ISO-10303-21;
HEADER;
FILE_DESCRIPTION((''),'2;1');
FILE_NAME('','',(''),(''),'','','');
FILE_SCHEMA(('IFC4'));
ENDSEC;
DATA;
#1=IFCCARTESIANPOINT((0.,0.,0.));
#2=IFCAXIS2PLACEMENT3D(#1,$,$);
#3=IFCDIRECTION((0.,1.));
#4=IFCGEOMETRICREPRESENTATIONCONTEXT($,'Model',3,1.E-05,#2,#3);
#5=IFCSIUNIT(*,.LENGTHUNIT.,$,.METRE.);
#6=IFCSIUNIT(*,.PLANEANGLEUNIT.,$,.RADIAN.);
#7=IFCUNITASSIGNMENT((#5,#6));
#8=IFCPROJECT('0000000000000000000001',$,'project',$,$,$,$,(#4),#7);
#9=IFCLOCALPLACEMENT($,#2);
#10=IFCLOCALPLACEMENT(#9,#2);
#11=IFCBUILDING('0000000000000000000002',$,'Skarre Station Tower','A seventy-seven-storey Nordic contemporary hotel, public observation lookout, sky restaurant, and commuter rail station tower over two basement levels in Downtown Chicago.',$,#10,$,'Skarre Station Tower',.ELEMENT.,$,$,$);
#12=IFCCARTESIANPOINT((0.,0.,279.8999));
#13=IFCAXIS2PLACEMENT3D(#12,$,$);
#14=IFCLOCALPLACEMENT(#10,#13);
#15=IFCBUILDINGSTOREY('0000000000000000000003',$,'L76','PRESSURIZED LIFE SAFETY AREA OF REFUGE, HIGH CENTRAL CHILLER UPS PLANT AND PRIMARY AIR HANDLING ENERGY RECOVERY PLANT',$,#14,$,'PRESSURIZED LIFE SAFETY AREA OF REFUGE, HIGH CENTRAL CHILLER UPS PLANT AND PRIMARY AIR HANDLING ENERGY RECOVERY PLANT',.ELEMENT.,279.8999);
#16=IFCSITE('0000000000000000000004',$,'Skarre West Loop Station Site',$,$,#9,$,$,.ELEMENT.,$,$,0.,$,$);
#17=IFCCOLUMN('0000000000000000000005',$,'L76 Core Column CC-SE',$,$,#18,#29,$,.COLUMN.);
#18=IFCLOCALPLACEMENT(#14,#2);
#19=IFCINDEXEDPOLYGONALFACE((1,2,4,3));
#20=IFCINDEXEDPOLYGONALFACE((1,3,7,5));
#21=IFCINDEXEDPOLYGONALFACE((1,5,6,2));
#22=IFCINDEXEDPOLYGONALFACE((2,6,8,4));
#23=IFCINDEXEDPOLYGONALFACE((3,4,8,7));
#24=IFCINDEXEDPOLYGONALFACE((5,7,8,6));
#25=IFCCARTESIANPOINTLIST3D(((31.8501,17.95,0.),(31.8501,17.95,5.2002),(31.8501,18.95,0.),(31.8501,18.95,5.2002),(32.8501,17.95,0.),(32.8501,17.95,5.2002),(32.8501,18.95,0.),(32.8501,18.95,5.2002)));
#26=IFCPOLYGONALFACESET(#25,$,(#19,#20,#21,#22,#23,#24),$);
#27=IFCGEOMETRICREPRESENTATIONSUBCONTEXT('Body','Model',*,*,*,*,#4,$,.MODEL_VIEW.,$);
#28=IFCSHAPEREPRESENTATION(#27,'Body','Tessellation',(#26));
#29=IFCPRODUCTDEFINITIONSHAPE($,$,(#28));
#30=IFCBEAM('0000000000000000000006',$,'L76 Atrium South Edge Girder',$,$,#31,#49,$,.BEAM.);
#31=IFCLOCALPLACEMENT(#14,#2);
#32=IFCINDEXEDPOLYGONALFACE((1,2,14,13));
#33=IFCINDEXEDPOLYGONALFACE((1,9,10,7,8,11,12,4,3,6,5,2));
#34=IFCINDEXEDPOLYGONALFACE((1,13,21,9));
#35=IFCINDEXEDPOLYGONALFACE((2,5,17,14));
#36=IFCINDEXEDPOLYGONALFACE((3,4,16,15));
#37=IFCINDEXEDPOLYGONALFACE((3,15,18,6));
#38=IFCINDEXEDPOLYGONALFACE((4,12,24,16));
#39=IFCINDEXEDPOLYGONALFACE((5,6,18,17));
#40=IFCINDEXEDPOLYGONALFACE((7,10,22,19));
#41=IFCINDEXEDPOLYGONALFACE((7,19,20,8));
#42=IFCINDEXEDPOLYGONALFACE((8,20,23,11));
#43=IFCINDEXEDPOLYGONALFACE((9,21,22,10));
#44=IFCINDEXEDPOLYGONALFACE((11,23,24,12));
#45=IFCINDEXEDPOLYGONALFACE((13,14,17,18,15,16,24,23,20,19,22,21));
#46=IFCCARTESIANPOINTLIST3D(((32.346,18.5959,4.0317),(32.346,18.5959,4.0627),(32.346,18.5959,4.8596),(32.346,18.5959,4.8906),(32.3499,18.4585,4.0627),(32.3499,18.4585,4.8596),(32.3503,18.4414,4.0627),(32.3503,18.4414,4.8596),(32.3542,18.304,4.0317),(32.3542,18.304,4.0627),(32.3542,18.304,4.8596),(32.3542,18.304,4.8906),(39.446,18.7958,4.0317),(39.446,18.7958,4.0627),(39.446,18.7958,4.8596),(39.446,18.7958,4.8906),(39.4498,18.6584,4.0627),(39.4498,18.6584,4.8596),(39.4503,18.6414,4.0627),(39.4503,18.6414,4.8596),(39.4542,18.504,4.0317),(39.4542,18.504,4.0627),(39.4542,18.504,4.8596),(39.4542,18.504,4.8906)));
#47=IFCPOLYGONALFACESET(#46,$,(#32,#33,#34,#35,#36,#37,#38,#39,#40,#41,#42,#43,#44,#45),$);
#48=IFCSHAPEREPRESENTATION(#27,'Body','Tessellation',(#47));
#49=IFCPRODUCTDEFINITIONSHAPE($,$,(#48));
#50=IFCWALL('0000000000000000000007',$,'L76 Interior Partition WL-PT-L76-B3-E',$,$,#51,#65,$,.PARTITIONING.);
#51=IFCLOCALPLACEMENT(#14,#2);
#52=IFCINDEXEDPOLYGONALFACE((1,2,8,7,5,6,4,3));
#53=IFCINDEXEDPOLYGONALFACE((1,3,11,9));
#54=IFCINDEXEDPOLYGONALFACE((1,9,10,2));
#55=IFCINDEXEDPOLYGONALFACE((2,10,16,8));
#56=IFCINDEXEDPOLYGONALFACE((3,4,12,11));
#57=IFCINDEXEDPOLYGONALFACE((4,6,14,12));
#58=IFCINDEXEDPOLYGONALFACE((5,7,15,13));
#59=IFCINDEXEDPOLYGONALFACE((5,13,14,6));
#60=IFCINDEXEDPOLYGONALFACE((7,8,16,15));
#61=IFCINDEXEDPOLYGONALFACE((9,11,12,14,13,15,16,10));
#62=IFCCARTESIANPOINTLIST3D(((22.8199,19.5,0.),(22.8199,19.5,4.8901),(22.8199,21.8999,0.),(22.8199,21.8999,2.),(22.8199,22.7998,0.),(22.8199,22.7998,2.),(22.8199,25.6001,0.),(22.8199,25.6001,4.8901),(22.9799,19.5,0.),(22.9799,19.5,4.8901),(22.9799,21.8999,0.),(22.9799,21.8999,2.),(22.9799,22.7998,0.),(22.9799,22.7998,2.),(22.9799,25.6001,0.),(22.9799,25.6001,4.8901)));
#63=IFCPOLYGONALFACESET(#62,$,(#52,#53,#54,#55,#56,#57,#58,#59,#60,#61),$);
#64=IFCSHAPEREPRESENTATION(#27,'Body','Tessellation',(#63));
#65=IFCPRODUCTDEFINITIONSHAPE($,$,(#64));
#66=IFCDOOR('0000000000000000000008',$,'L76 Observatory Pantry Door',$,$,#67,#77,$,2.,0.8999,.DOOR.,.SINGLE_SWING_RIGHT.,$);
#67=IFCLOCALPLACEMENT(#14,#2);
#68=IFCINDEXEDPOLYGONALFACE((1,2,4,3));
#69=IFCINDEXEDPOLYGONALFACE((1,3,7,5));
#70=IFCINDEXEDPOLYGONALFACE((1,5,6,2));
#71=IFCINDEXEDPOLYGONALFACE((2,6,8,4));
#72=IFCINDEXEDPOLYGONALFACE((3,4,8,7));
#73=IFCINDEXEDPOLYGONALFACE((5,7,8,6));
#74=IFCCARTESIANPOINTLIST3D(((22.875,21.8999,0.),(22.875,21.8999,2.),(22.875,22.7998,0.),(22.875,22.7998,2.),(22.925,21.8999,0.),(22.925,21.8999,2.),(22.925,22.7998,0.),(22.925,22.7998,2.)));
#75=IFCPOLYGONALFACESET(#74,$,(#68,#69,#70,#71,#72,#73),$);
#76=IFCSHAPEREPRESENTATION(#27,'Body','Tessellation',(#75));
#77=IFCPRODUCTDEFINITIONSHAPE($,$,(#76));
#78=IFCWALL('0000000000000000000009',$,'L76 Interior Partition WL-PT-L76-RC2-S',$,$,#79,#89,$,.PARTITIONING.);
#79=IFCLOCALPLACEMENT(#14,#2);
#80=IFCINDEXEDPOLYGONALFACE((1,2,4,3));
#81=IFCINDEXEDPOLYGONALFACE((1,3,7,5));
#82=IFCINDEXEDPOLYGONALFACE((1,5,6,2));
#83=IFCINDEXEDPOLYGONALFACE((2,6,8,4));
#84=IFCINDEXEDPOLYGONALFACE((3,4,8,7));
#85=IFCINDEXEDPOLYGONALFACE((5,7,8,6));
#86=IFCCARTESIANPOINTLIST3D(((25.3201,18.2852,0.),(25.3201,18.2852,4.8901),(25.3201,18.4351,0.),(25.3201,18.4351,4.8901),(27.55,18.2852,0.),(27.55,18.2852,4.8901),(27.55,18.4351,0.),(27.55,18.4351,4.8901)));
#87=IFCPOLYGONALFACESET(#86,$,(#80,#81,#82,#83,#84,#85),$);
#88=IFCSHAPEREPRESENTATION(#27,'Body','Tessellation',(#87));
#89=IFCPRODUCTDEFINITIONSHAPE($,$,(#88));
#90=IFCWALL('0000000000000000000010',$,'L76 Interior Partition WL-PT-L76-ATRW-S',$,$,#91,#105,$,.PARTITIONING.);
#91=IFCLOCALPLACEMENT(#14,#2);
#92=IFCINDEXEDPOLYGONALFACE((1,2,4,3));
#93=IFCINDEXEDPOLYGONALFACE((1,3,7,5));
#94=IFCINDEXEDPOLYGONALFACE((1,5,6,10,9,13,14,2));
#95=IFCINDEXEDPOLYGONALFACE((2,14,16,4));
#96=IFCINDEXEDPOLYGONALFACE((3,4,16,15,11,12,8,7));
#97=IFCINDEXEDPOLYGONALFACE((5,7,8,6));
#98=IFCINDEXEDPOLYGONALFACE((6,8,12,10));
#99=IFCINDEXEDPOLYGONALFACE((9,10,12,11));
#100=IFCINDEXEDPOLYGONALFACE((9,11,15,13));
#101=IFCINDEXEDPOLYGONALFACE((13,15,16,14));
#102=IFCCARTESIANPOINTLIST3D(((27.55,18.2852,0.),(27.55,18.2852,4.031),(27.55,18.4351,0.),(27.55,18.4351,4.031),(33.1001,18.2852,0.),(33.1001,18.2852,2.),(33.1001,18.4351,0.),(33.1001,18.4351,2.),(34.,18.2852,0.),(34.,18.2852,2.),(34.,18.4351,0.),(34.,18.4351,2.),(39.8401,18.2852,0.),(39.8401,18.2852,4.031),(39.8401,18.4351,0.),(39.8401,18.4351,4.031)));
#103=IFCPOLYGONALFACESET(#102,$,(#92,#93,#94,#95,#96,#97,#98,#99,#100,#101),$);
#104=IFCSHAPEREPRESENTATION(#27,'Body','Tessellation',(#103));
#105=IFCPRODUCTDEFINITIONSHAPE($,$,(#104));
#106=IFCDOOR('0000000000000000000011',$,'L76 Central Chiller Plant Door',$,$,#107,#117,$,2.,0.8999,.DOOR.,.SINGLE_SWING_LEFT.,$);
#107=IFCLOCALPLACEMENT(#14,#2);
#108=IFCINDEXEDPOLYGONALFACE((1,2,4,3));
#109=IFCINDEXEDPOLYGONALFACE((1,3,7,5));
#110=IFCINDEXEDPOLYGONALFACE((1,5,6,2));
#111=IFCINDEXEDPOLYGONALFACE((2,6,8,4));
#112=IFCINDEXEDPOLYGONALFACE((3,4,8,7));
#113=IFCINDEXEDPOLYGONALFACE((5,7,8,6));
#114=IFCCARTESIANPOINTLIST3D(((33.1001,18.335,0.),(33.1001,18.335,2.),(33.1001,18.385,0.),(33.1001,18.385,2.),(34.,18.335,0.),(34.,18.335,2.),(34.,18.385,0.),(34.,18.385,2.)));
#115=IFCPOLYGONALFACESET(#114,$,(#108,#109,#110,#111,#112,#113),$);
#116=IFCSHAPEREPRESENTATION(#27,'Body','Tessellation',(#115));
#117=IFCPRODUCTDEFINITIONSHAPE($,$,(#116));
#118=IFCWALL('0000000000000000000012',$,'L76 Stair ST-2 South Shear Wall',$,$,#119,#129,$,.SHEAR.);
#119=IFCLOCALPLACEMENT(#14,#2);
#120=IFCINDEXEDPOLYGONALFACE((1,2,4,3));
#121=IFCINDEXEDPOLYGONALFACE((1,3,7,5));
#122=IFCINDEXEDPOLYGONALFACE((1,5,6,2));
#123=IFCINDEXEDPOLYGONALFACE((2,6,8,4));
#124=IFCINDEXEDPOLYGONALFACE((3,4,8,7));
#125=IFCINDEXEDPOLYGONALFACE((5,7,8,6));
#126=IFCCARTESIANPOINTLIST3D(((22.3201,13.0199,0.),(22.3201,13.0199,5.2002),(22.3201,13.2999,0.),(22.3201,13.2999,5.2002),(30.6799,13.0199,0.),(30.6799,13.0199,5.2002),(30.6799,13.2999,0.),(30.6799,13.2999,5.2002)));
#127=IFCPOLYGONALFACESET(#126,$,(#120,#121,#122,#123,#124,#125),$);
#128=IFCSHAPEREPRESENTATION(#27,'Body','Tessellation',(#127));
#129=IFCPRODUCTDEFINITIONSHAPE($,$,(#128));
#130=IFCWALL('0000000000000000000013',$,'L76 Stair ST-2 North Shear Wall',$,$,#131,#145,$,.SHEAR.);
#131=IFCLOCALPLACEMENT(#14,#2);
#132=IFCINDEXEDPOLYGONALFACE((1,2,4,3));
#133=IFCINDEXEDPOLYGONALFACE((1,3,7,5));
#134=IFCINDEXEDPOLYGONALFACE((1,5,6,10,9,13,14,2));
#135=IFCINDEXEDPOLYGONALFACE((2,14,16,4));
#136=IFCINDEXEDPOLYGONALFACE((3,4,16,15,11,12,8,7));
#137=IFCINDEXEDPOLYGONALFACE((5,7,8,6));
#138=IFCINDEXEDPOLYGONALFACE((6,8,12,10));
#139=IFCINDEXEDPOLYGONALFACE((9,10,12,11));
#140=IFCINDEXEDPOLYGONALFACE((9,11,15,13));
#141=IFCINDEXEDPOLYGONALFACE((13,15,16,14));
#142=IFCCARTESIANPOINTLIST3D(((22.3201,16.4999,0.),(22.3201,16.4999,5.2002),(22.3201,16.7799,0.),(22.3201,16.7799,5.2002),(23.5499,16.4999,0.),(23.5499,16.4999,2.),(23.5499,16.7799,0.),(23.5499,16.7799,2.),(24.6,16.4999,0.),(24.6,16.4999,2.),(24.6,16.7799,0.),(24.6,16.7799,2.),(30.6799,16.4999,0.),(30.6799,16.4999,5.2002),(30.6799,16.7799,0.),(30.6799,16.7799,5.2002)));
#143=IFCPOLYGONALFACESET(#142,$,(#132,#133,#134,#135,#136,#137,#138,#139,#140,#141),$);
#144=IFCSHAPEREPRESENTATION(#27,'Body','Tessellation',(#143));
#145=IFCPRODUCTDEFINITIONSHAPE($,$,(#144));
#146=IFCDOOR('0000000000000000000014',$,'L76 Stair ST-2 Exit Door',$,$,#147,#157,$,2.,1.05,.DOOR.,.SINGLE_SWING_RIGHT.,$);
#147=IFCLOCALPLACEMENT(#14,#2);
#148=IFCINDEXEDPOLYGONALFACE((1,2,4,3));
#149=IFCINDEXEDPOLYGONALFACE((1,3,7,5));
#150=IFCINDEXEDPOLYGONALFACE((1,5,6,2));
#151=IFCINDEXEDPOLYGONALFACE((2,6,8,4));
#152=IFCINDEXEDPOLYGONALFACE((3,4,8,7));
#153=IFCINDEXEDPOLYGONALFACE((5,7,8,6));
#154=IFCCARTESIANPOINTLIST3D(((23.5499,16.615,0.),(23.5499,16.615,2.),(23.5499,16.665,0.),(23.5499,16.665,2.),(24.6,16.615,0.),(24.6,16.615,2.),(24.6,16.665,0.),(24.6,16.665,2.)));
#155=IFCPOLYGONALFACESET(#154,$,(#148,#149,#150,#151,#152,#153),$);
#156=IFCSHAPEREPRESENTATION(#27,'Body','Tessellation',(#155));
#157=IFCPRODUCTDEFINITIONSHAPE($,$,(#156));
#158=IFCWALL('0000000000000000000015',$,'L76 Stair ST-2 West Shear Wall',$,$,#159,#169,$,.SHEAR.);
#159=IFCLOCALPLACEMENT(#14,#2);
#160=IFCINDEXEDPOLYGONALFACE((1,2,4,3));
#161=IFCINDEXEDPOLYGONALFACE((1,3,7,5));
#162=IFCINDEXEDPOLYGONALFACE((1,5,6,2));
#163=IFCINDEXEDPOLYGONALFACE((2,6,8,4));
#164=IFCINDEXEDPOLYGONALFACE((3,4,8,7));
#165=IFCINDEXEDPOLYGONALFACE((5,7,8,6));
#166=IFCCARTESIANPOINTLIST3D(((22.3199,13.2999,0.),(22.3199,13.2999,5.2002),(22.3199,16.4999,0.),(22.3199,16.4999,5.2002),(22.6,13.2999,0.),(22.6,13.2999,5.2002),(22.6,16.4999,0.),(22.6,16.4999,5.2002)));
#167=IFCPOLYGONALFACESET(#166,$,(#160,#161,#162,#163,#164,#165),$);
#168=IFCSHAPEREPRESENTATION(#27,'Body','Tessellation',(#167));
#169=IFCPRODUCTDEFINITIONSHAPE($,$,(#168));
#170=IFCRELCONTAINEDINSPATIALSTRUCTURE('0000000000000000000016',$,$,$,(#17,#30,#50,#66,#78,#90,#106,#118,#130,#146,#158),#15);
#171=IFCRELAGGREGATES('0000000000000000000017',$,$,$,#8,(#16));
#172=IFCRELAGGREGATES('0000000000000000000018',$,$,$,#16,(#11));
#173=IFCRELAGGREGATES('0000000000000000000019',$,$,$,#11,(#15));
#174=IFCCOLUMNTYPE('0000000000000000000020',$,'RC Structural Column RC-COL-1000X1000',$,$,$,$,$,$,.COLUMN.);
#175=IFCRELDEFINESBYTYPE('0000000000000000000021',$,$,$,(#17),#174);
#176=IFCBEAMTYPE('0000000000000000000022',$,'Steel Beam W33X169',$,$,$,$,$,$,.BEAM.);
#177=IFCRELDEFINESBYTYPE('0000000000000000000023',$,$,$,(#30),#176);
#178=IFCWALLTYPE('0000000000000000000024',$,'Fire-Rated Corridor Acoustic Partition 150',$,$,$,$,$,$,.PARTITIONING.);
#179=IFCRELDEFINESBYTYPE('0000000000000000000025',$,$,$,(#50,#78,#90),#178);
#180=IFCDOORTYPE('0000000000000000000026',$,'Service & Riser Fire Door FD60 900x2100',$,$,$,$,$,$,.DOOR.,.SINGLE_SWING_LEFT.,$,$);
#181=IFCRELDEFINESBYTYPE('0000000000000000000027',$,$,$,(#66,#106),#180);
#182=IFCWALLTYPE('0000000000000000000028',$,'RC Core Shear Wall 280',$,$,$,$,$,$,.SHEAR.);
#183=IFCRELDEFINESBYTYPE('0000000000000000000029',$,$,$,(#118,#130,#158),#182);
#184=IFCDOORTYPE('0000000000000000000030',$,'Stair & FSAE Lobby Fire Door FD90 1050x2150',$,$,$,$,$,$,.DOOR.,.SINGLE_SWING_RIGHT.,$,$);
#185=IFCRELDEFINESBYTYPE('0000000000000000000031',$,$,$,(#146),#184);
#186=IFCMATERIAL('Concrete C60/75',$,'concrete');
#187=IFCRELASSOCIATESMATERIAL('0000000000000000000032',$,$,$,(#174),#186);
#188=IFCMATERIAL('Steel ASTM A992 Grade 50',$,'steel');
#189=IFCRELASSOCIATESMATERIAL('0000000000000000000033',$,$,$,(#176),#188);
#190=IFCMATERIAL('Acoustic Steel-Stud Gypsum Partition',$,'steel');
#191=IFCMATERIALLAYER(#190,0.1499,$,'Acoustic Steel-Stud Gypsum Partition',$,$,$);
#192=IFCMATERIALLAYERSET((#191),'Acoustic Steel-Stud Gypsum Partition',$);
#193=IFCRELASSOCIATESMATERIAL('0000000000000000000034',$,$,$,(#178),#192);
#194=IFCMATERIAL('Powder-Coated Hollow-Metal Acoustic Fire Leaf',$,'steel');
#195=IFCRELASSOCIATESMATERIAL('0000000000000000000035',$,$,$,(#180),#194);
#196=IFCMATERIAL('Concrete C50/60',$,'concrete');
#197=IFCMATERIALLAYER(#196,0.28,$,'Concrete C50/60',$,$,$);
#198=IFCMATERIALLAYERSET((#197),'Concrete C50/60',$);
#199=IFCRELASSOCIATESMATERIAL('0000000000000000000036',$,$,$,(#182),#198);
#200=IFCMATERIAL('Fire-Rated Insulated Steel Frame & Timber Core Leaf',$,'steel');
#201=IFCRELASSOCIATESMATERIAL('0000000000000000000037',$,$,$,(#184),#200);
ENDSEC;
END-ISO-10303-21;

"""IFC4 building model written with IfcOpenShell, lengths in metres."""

from ifc_helpers import new_model, si_unit, direction, frame, frame_2d, origin, origin_2d, place, context, subcontext, project, spatial, rectangle, i_section, extrude, material, layer, layer_set, material_profile, profile_set, type_object, element, fill, save


model = new_model("IFC4")

# Units and contexts
model_context = context("Model", 3, precision=1e-05, world=origin(), true_north=direction((0.0, 1.0)))
body_context = subcontext(model_context, "Body", "Model", "MODEL_VIEW")
ifc_project = project(units=[si_unit("LENGTHUNIT", "METRE"), si_unit("PLANEANGLEUNIT", "RADIAN")], contexts=[model_context])

# Site, building, storey
site_placement = place(None, origin())
site = spatial("IfcSite", under=ifc_project, at=site_placement, Name="Skarre West Loop Station Site", CompositionType="ELEMENT", RefElevation=0.0)
building_placement = place(site_placement, origin())
building = spatial("IfcBuilding", under=site, at=building_placement, Name="Skarre Station Tower", Description="A seventy-seven-storey Nordic contemporary hotel, public observation lookout, sky restaurant, and commuter rail station tower over two basement levels in Downtown Chicago.", LongName="Skarre Station Tower", CompositionType="ELEMENT")
storey_placement = place(building_placement, frame((0.0, 0.0, 279.8999)))
storey = spatial("IfcBuildingStorey", under=building, at=storey_placement, Name="L76", Description="PRESSURIZED LIFE SAFETY AREA OF REFUGE, HIGH CENTRAL CHILLER UPS PLANT AND PRIMARY AIR HANDLING ENERGY RECOVERY PLANT", LongName="PRESSURIZED LIFE SAFETY AREA OF REFUGE, HIGH CENTRAL CHILLER UPS PLANT AND PRIMARY AIR HANDLING ENERGY RECOVERY PLANT", CompositionType="ELEMENT", Elevation=279.8999)

# Column
ifc_material_1 = material(Name="Concrete C60/75", Category="concrete")
ifc_material_profile_1 = material_profile(ifc_material_1, rectangle(XDim=1.0, YDim=1.0, at=origin_2d()), Name="Concrete C60/75")
ifc_profile_set_1 = profile_set([ifc_material_profile_1], Name="Concrete C60/75")
column_type = type_object("IfcColumnType", Name="RC Structural Column RC-COL-1000X1000", PredefinedType="COLUMN", material=ifc_profile_set_1)
column_placement = place(storey_placement, frame((32.3501, 18.45, 0.0), z_axis=(0.0, 0.0, 1.0), x_axis=(1.0, 0.0, 0.0)))
element("IfcColumn", 1, at=column_placement, inside=storey, type_object=column_type, Name="L76 Core Column CC-SE", PredefinedType="COLUMN", context=body_context, shape_type="SweptSolid", body=[
    extrude(rectangle(XDim=1.0, YDim=1.0, at=origin_2d()), origin(), (0.0, 0.0, 1.0), 5.2002),
])

# Beam
ifc_material_2 = material(Name="Steel ASTM A992 Grade 50", Category="steel")
ifc_material_profile_2 = material_profile(ifc_material_2, i_section(OverallWidth=0.292, OverallDepth=0.8589, WebThickness=0.0171, FlangeThickness=0.031, at=origin_2d()), Name="Steel ASTM A992 Grade 50")
ifc_profile_set_2 = profile_set([ifc_material_profile_2], Name="Steel ASTM A992 Grade 50")
beam_type = type_object("IfcBeamType", Name="Steel Beam W33X169", PredefinedType="BEAM", material=ifc_profile_set_2)
beam_placement = place(storey_placement, frame((32.3501, 18.45, 4.4612), z_axis=(0.999604, 0.028152, 0.0), x_axis=(-0.028152, 0.999604, 0.0)))
element("IfcBeam", 2, at=beam_placement, inside=storey, type_object=beam_type, Name="L76 Atrium South Edge Girder", PredefinedType="BEAM", context=body_context, shape_type="SweptSolid", body=[
    extrude(i_section(OverallWidth=0.292, OverallDepth=0.8589, WebThickness=0.0171, FlangeThickness=0.031, at=origin_2d()), origin(), (0.0, 0.0, 1.0), 7.1028),
])

# Wall, opening, door
ifc_material_3 = material(Name="Acoustic Steel-Stud Gypsum Partition", Category="steel")
ifc_layer_1 = layer(ifc_material_3, 0.1499, Name="Acoustic Steel-Stud Gypsum Partition")
ifc_layer_set_1 = layer_set([ifc_layer_1], Name="Acoustic Steel-Stud Gypsum Partition")
wall_type_1 = type_object("IfcWallType", Name="Fire-Rated Corridor Acoustic Partition 150", PredefinedType="PARTITIONING", material=ifc_layer_set_1)
wall_1_placement = place(storey_placement, frame((22.8999, 19.5, 0.0), z_axis=(0.0, 0.0, 1.0), x_axis=(0.0, 1.0, 0.0)))
wall_1 = element("IfcWall", 3, at=wall_1_placement, inside=storey, type_object=wall_type_1, Name="L76 Interior Partition WL-PT-L76-B3-E", PredefinedType="PARTITIONING", context=body_context, shape_type="SweptSolid", body=[
    extrude(rectangle(XDim=6.1001, YDim=0.1599, at=frame_2d((3.05, 0.0))), origin(), (0.0, 0.0, 1.0), 4.8901),
])
opening_1_placement = place(wall_1_placement, frame((2.3999, 0.0, 0.0)))
opening_1 = element("IfcOpeningElement", 4, at=opening_1_placement, cuts=wall_1, PredefinedType="OPENING", context=body_context, shape_type="SweptSolid", body=[
    extrude(rectangle(XDim=0.8999, YDim=2.0, at=frame_2d((0.45, 1.0))), frame((0.0, 0.0898, 0.0), z_axis=(0.0, -1.0, 0.0), x_axis=(1.0, 0.0, 0.0)), (0.0, 0.0, 1.0), 0.1799),
])
ifc_material_4 = material(Name="Powder-Coated Hollow-Metal Acoustic Fire Leaf", Category="steel")
door_type_1 = type_object("IfcDoorType", Name="Service & Riser Fire Door FD60 900x2100", OperationType="SINGLE_SWING_LEFT", PredefinedType="DOOR", material=ifc_material_4)
door_1_placement = place(opening_1_placement, origin())
door_1 = element("IfcDoor", 5, at=door_1_placement, inside=storey, type_object=door_type_1, Name="L76 Observatory Pantry Door", OperationType="SINGLE_SWING_RIGHT", OverallHeight=2.0, OverallWidth=0.8999, PredefinedType="DOOR", context=body_context, shape_type="SweptSolid", body=[
    extrude(rectangle(XDim=0.8999, YDim=2.0, at=frame_2d((0.45, 1.0))), frame((0.0, 0.0249, 0.0), z_axis=(0.0, -1.0, 0.0), x_axis=(1.0, 0.0, 0.0)), (0.0, 0.0, 1.0), 0.05),
])
fill(opening_1, door_1)

# Wall
wall_2_placement = place(storey_placement, frame((25.3201, 18.3601, 0.0), z_axis=(0.0, 0.0, 1.0), x_axis=(1.0, 0.0, 0.0)))
element("IfcWall", 6, at=wall_2_placement, inside=storey, type_object=wall_type_1, Name="L76 Interior Partition WL-PT-L76-RC2-S", PredefinedType="PARTITIONING", context=body_context, shape_type="SweptSolid", body=[
    extrude(rectangle(XDim=2.23, YDim=0.1499, at=frame_2d((1.115, 0.0))), origin(), (0.0, 0.0, 1.0), 4.8901),
])

# Wall, opening, door
wall_3_placement = place(storey_placement, frame((27.55, 18.3601, 0.0), z_axis=(0.0, 0.0, 1.0), x_axis=(1.0, 0.0, 0.0)))
wall_3 = element("IfcWall", 7, at=wall_3_placement, inside=storey, type_object=wall_type_1, Name="L76 Interior Partition WL-PT-L76-ATRW-S", PredefinedType="PARTITIONING", context=body_context, shape_type="SweptSolid", body=[
    extrude(rectangle(XDim=12.29, YDim=0.1499, at=frame_2d((6.145, 0.0))), origin(), (0.0, 0.0, 1.0), 4.031),
])
opening_2_placement = place(wall_3_placement, frame((5.55, 0.0, 0.0)))
opening_2 = element("IfcOpeningElement", 8, at=opening_2_placement, cuts=wall_3, PredefinedType="OPENING", context=body_context, shape_type="SweptSolid", body=[
    extrude(rectangle(XDim=0.8999, YDim=2.0, at=frame_2d((0.45, 1.0))), frame((0.0, 0.085, 0.0), z_axis=(0.0, -1.0, 0.0), x_axis=(1.0, 0.0, 0.0)), (0.0, 0.0, 1.0), 0.1699),
])
door_2_placement = place(opening_2_placement, origin())
door_2 = element("IfcDoor", 9, at=door_2_placement, inside=storey, type_object=door_type_1, Name="L76 Central Chiller Plant Door", OperationType="SINGLE_SWING_LEFT", OverallHeight=2.0, OverallWidth=0.8999, PredefinedType="DOOR", context=body_context, shape_type="SweptSolid", body=[
    extrude(rectangle(XDim=0.8999, YDim=2.0, at=frame_2d((0.45, 1.0))), frame((0.0, 0.0249, 0.0), z_axis=(0.0, -1.0, 0.0), x_axis=(1.0, 0.0, 0.0)), (0.0, 0.0, 1.0), 0.05),
])
fill(opening_2, door_2)

# Wall
ifc_material_5 = material(Name="Concrete C50/60", Category="concrete")
ifc_layer_2 = layer(ifc_material_5, 0.28, Name="Concrete C50/60")
ifc_layer_set_2 = layer_set([ifc_layer_2], Name="Concrete C50/60")
wall_type_2 = type_object("IfcWallType", Name="RC Core Shear Wall 280", PredefinedType="SHEAR", material=ifc_layer_set_2)
wall_4_placement = place(storey_placement, frame((22.3201, 13.1599, 0.0), z_axis=(0.0, 0.0, 1.0), x_axis=(1.0, 0.0, 0.0)))
element("IfcWall", 10, at=wall_4_placement, inside=storey, type_object=wall_type_2, Name="L76 Stair ST-2 South Shear Wall", PredefinedType="SHEAR", context=body_context, shape_type="SweptSolid", body=[
    extrude(rectangle(XDim=8.3599, YDim=0.28, at=frame_2d((4.1799, 0.0))), origin(), (0.0, 0.0, 1.0), 5.2002),
])

# Wall, opening, door
wall_5_placement = place(storey_placement, frame((30.6799, 16.6399, 0.0), z_axis=(0.0, 0.0, 1.0), x_axis=(-1.0, 0.0, 0.0)))
wall_5 = element("IfcWall", 11, at=wall_5_placement, inside=storey, type_object=wall_type_2, Name="L76 Stair ST-2 North Shear Wall", PredefinedType="SHEAR", context=body_context, shape_type="SweptSolid", body=[
    extrude(rectangle(XDim=8.3599, YDim=0.28, at=frame_2d((4.1799, 0.0))), origin(), (0.0, 0.0, 1.0), 5.2002),
])
opening_3_placement = place(wall_5_placement, frame((6.0801, 0.0, 0.0)))
opening_3 = element("IfcOpeningElement", 12, at=opening_3_placement, cuts=wall_5, PredefinedType="OPENING", context=body_context, shape_type="SweptSolid", body=[
    extrude(rectangle(XDim=1.05, YDim=2.0, at=frame_2d((0.5249, 1.0))), frame((0.0, 0.1499, 0.0), z_axis=(0.0, -1.0, 0.0), x_axis=(1.0, 0.0, 0.0)), (0.0, 0.0, 1.0), 0.3),
])
ifc_material_6 = material(Name="Fire-Rated Insulated Steel Frame & Timber Core Leaf", Category="steel")
door_type_2 = type_object("IfcDoorType", Name="Stair & FSAE Lobby Fire Door FD90 1050x2150", OperationType="SINGLE_SWING_RIGHT", PredefinedType="DOOR", material=ifc_material_6)
door_3_placement = place(opening_3_placement, origin())
door_3 = element("IfcDoor", 13, at=door_3_placement, inside=storey, type_object=door_type_2, Name="L76 Stair ST-2 Exit Door", OperationType="SINGLE_SWING_RIGHT", OverallHeight=2.0, OverallWidth=1.05, PredefinedType="DOOR", context=body_context, shape_type="SweptSolid", body=[
    extrude(rectangle(XDim=1.05, YDim=2.0, at=frame_2d((0.5249, 1.0))), frame((0.0, 0.0249, 0.0), z_axis=(0.0, -1.0, 0.0), x_axis=(1.0, 0.0, 0.0)), (0.0, 0.0, 1.0), 0.05),
])
fill(opening_3, door_3)

# Wall
for number, where, z_axis, x_axis, name in (
    (14, (22.46, 16.5, 0.0), (0.0, 0.0, 1.0), (0.0, -1.0, 0.0), "L76 Stair ST-2 West Shear Wall"),
):
    element("IfcWall", number, at=place(storey_placement, frame(where, z_axis=z_axis, x_axis=x_axis)), inside=storey, type_object=wall_type_2, Name=name, PredefinedType="SHEAR", context=body_context, shape_type="SweptSolid", body=[
        extrude(rectangle(XDim=3.2, YDim=0.28, at=frame_2d((1.6001, 0.0))), origin(), (0.0, 0.0, 1.0), 5.2002),
    ])

save(model, "model.ifc")
